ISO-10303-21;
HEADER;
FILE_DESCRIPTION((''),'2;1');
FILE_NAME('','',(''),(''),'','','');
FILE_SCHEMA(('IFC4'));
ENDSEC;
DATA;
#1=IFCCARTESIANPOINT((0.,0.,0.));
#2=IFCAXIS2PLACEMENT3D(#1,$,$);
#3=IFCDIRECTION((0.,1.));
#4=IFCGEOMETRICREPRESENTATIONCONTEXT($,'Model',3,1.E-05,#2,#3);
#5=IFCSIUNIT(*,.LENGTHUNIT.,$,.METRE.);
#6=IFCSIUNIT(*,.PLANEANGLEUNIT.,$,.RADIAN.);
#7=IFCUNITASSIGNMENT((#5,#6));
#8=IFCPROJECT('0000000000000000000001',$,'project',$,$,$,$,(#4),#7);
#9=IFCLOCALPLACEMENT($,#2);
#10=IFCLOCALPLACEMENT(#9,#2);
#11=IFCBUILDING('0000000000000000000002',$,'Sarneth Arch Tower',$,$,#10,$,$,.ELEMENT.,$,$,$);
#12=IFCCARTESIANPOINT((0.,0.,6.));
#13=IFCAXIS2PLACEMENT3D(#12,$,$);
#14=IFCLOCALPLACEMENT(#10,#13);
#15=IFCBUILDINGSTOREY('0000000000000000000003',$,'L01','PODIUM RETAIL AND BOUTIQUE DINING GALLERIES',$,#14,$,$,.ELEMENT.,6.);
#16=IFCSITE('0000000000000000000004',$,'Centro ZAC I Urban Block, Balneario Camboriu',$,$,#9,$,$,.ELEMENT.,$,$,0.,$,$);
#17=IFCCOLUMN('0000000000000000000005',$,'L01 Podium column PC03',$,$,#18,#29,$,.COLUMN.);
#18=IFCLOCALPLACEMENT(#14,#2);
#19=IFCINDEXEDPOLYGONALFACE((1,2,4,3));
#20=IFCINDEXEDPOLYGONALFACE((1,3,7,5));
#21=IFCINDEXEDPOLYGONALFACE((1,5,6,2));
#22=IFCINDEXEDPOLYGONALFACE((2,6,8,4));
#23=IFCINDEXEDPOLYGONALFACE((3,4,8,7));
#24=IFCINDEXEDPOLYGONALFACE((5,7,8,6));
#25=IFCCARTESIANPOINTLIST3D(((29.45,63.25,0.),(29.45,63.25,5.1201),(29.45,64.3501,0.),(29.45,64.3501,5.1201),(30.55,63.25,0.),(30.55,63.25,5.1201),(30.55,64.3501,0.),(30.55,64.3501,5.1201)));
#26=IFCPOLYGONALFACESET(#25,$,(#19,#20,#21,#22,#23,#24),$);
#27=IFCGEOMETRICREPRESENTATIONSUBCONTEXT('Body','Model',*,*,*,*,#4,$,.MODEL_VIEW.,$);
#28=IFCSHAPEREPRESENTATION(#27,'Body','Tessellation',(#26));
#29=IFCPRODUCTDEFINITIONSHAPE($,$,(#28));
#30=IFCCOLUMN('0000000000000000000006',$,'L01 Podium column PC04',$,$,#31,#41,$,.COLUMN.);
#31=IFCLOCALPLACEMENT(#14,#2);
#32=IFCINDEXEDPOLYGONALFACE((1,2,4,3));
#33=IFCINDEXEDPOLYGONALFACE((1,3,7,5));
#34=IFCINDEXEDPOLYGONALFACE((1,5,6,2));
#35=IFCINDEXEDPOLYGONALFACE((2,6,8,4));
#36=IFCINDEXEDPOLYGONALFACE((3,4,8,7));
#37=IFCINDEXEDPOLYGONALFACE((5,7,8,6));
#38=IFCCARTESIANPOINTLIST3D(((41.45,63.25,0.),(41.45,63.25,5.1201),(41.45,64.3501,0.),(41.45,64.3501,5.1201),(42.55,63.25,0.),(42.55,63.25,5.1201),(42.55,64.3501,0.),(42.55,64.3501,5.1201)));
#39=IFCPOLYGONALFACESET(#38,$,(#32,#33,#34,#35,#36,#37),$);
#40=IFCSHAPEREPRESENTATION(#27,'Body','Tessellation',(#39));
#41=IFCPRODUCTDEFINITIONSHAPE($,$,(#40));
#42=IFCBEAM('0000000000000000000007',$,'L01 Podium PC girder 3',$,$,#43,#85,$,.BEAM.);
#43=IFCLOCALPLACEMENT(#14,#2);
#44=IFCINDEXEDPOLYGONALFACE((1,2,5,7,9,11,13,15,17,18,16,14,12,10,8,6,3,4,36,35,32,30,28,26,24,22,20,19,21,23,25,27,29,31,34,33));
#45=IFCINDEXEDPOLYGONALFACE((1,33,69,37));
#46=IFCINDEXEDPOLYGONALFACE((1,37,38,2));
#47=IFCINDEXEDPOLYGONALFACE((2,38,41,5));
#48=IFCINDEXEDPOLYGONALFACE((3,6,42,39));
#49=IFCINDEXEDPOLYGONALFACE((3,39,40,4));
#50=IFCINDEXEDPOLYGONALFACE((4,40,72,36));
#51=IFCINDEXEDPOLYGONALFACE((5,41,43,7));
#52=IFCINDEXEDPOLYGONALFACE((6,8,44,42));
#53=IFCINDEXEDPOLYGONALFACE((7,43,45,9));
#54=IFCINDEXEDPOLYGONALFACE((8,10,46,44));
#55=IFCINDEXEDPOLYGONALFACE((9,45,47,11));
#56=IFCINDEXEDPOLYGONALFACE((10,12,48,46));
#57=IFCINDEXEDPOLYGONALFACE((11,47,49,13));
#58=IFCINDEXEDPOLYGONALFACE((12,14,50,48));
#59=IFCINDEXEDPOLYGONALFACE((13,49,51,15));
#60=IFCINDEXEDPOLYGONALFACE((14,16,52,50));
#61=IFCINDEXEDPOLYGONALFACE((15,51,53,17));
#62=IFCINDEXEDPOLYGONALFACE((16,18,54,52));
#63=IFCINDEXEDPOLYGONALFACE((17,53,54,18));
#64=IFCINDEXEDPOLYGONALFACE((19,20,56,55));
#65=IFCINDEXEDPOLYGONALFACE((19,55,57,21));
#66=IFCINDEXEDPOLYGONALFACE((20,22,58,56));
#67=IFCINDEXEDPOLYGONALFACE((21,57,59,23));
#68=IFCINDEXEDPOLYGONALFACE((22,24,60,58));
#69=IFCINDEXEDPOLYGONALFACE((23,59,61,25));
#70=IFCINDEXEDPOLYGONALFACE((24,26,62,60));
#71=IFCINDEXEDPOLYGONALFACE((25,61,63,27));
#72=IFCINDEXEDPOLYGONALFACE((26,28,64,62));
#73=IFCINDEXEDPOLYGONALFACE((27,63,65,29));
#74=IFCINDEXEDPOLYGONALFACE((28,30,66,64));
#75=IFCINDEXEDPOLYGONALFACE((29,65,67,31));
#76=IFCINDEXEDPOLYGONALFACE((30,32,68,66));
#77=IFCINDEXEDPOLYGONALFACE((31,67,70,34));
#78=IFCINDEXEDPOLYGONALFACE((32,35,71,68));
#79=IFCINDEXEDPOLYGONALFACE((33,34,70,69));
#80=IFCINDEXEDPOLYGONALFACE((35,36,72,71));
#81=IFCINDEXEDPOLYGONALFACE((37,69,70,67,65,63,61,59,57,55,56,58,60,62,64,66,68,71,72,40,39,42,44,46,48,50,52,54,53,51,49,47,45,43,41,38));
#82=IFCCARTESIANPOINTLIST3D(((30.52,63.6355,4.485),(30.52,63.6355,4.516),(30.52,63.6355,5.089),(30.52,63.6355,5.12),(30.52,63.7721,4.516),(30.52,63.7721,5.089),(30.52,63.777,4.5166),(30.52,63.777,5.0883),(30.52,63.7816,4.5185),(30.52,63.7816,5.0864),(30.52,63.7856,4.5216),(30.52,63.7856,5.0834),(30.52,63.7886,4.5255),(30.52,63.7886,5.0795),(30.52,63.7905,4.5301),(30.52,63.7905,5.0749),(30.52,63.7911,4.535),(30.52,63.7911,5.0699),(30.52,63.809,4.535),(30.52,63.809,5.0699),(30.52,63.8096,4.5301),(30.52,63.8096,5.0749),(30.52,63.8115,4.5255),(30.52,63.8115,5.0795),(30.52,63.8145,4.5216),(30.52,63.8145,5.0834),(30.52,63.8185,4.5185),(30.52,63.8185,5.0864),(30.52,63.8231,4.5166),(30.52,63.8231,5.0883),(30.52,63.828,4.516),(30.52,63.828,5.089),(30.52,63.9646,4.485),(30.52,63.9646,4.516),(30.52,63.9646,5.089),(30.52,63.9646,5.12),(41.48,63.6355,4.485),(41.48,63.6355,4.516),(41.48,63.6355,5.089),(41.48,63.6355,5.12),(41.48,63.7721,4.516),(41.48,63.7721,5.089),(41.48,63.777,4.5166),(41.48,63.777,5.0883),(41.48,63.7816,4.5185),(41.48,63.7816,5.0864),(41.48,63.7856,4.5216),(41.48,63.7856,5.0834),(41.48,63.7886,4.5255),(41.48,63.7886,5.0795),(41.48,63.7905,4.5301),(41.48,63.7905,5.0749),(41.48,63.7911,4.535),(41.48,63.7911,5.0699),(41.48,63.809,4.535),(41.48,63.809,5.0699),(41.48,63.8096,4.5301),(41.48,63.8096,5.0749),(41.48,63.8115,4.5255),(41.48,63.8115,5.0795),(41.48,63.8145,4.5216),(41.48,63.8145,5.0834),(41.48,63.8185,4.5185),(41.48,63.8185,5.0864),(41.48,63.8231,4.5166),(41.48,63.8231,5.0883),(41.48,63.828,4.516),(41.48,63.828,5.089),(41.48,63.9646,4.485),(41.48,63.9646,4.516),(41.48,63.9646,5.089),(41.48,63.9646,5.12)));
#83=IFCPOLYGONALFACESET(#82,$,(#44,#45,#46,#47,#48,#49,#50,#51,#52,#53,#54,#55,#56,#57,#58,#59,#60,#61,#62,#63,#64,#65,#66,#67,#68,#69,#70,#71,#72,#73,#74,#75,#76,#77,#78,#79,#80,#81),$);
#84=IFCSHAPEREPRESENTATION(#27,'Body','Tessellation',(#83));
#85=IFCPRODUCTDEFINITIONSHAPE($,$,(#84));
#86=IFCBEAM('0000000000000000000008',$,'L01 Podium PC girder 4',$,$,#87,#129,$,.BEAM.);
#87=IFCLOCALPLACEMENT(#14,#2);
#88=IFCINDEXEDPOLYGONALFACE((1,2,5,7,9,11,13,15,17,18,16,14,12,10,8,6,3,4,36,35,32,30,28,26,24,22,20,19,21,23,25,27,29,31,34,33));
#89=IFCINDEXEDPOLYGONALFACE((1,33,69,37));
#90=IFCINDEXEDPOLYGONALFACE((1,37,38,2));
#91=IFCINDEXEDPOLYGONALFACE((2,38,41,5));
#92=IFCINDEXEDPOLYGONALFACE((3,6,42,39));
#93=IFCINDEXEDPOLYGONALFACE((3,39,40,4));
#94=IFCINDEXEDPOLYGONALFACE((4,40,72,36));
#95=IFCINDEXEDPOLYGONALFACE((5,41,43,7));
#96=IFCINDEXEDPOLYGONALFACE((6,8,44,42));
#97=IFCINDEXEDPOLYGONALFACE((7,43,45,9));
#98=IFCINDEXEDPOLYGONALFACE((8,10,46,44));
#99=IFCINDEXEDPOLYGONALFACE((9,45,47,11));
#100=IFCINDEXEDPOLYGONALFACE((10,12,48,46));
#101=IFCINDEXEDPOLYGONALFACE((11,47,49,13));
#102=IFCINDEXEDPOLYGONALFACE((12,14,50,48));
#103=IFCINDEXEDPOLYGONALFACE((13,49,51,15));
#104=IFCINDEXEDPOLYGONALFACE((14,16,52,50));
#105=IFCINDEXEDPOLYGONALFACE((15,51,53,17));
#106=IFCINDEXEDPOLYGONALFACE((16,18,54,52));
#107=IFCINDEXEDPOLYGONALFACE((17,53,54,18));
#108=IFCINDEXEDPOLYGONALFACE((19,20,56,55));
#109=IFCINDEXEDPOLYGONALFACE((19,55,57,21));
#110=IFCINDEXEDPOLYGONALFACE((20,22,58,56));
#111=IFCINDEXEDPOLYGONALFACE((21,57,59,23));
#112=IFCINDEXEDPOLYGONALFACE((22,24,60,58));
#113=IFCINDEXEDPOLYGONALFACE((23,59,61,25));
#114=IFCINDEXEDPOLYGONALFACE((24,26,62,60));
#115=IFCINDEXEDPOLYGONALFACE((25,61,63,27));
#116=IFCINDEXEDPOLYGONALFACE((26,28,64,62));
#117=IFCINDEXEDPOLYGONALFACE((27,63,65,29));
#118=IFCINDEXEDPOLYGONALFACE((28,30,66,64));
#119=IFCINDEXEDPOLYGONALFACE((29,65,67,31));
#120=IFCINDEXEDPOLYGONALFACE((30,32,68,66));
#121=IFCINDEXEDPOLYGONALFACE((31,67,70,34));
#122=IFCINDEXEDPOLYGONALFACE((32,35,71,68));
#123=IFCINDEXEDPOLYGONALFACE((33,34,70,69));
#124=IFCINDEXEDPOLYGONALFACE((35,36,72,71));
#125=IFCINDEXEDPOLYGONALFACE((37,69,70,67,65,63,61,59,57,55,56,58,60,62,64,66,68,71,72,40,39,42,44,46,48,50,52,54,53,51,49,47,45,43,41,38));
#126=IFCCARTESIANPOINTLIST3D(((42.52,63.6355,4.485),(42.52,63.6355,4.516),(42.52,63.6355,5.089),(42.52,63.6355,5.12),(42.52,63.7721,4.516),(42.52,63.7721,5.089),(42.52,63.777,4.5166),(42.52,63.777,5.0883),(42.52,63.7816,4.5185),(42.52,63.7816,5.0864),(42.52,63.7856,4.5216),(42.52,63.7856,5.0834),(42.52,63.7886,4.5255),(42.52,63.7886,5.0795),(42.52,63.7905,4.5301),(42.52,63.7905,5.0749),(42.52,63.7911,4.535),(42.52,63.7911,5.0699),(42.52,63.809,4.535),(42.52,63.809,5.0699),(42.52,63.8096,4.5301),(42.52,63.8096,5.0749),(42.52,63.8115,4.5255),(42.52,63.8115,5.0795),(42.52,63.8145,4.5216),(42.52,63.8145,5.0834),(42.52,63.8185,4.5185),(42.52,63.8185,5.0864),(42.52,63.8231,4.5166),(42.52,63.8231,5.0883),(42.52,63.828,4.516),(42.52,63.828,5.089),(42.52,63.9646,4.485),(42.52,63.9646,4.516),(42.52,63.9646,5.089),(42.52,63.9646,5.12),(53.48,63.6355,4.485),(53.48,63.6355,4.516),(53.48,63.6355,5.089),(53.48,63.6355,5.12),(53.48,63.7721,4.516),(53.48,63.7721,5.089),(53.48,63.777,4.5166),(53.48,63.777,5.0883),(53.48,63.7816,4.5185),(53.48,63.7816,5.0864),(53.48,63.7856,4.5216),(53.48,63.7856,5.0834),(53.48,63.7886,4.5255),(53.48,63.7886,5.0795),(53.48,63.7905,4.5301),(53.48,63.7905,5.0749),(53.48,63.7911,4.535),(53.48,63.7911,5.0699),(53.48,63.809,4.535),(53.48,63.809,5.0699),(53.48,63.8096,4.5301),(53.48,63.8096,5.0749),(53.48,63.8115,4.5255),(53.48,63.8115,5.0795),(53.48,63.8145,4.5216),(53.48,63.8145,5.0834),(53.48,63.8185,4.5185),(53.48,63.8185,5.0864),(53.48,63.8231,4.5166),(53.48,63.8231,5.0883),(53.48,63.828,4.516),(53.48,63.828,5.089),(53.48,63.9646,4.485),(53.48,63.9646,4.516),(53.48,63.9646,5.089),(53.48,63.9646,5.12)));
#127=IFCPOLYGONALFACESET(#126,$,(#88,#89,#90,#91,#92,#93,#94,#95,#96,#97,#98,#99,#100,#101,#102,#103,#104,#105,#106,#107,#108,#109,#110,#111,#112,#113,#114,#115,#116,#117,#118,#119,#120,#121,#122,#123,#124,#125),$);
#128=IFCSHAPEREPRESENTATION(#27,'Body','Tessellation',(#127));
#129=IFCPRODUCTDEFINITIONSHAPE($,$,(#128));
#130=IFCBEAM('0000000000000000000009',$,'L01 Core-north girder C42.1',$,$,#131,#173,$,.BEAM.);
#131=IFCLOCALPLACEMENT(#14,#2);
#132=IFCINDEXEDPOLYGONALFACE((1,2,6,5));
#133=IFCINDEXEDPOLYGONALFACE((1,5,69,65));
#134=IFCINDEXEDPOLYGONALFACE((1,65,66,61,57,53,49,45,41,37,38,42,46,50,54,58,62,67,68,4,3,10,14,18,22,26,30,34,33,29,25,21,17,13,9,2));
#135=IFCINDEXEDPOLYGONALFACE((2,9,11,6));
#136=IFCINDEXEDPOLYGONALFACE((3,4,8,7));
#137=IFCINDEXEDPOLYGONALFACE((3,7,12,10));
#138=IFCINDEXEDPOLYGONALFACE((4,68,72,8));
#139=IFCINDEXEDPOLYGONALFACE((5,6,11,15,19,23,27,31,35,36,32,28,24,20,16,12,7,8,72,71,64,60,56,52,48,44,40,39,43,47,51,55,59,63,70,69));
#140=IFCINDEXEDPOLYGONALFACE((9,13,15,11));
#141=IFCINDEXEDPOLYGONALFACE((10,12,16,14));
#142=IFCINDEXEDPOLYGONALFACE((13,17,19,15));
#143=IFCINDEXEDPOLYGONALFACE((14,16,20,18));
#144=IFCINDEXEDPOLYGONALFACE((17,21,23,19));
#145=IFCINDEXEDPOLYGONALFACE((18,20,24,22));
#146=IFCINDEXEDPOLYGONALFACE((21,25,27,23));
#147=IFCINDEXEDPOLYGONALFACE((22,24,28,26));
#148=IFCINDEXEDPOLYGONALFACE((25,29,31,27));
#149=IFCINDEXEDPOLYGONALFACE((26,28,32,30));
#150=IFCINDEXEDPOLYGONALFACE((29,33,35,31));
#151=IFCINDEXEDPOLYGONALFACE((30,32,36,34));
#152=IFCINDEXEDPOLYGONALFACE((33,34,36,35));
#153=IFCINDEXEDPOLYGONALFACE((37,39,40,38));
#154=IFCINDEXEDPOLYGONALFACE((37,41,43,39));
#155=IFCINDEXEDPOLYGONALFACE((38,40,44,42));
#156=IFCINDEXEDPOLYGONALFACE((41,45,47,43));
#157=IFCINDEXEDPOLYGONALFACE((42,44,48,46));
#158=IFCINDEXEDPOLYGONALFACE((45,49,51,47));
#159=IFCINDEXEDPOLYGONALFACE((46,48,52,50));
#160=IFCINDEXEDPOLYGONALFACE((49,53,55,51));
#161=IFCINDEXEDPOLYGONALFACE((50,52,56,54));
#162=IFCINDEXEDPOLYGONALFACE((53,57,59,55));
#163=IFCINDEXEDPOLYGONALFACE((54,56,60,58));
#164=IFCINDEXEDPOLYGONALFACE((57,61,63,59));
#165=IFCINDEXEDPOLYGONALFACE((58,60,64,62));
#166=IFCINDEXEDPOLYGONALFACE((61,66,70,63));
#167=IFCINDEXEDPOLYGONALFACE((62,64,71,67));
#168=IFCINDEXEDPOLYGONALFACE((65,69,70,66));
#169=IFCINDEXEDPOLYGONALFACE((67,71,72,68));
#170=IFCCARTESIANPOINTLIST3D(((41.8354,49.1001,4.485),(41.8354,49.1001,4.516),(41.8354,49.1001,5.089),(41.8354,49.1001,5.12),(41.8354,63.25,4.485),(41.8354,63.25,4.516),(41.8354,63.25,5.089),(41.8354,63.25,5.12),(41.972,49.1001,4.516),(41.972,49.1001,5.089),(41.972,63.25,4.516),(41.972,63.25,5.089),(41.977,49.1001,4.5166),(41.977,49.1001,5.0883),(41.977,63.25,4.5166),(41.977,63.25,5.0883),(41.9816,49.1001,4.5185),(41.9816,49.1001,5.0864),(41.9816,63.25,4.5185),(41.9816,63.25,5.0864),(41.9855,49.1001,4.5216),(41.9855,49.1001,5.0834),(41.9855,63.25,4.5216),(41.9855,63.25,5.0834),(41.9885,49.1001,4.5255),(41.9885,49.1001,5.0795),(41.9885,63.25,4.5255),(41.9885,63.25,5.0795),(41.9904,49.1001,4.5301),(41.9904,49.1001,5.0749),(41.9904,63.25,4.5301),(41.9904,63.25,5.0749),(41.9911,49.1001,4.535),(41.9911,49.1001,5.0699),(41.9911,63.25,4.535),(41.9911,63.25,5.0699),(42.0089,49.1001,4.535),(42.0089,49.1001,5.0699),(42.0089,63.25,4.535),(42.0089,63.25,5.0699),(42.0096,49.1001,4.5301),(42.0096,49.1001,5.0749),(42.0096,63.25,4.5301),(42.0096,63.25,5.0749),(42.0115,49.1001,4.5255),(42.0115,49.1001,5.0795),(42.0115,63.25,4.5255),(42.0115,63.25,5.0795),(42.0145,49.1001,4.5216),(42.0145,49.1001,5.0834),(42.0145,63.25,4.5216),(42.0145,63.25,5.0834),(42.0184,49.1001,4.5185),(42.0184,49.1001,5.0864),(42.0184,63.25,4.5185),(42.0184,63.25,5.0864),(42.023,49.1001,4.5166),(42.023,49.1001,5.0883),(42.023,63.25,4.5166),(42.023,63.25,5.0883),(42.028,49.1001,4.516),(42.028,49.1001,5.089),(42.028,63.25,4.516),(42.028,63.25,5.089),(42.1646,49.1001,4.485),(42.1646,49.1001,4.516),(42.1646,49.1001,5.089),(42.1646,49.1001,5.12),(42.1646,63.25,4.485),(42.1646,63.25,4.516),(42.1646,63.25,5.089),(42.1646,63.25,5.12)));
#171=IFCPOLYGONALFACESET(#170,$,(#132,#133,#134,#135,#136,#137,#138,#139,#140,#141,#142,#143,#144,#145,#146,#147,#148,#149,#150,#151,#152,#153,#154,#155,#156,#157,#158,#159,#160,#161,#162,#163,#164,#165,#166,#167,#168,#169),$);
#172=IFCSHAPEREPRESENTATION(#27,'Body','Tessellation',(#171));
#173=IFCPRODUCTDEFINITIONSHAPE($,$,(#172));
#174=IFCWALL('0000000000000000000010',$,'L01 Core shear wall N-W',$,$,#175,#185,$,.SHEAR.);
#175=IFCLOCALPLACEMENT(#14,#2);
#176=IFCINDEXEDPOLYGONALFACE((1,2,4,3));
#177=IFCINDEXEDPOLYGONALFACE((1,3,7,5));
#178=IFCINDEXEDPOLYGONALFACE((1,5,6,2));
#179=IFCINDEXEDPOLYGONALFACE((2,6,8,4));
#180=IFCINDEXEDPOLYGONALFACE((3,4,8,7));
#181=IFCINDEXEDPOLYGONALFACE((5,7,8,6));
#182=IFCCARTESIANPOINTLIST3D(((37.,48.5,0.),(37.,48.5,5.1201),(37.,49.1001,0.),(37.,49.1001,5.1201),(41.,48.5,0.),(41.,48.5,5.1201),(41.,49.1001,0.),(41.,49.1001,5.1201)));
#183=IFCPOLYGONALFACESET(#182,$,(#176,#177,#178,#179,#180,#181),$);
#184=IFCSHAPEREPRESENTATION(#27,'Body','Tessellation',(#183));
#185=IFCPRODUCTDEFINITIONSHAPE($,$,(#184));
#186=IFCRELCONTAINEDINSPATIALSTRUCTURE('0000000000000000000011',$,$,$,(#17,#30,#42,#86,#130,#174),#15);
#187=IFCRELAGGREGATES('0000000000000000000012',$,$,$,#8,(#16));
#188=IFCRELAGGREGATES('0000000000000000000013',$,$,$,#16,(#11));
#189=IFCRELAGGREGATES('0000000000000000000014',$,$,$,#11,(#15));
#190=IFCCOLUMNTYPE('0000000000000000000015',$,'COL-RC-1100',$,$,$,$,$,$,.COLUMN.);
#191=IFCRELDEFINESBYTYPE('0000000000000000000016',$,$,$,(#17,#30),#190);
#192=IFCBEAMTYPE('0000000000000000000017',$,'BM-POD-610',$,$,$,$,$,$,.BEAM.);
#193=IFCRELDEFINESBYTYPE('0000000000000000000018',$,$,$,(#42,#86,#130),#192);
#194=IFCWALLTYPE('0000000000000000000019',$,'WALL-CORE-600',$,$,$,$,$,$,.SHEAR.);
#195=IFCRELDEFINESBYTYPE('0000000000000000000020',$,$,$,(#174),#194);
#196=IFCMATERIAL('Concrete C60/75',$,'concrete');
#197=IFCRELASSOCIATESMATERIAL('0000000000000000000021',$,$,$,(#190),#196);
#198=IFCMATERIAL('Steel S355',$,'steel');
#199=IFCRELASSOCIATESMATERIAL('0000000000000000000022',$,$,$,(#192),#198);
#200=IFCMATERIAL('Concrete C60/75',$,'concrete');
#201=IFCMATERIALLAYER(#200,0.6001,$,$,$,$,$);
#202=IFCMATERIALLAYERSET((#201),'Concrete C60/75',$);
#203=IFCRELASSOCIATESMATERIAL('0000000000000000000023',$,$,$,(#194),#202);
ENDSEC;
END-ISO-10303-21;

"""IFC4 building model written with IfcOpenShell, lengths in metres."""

from ifc_helpers import new_model, si_unit, direction, frame, frame_2d, origin, origin_2d, place, context, subcontext, project, spatial, rectangle, i_section, extrude, material, layer, layer_set, material_profile, profile_set, type_object, element, save


model = new_model("IFC4")

# Units and contexts
model_context = context("Model", 3, precision=1e-05, world=origin(), true_north=direction((0.0, 1.0)))
body_context = subcontext(model_context, "Body", "Model", "MODEL_VIEW")
ifc_project = project(units=[si_unit("LENGTHUNIT", "METRE"), si_unit("PLANEANGLEUNIT", "RADIAN")], contexts=[model_context])

# Site, building, storey
site_placement = place(None, origin())
site = spatial("IfcSite", under=ifc_project, at=site_placement, Name="Centro ZAC I Urban Block, Balneario Camboriu", CompositionType="ELEMENT", RefElevation=0.0)
building_placement = place(site_placement, origin())
building = spatial("IfcBuilding", under=site, at=building_placement, Name="Sarneth Arch Tower", CompositionType="ELEMENT")
storey_placement = place(building_placement, frame((0.0, 0.0, 6.0)))
storey = spatial("IfcBuildingStorey", under=building, at=storey_placement, Name="L01", Description="PODIUM RETAIL AND BOUTIQUE DINING GALLERIES", CompositionType="ELEMENT", Elevation=6.0)

# Columns
ifc_material_1 = material(Name="Concrete C60/75", Category="concrete")
ifc_material_profile_1 = material_profile(ifc_material_1, rectangle(XDim=1.1001, YDim=1.1001, at=origin_2d()), Name="RC-1100x1100")
ifc_profile_set_1 = profile_set([ifc_material_profile_1], Name="Concrete C60/75")
column_type = type_object("IfcColumnType", Name="COL-RC-1100", PredefinedType="COLUMN", material=ifc_profile_set_1)
for number, where, z_axis, x_axis, name in (
    (1, (30.0, 63.8, 0.0), (0.0, 0.0, 1.0), (1.0, 0.0, 0.0), "L01 Podium column PC03"),
    (2, (42.0, 63.8, 0.0), (0.0, 0.0, 1.0), (1.0, 0.0, 0.0), "L01 Podium column PC04"),
):
    element("IfcColumn", number, at=place(storey_placement, frame(where, z_axis=z_axis, x_axis=x_axis)), inside=storey, type_object=column_type, Name=name, PredefinedType="COLUMN", context=body_context, shape_type="SweptSolid", body=[
        extrude(rectangle(XDim=1.1001, YDim=1.1001, at=origin_2d()), origin(), (0.0, 0.0, 1.0), 5.1201),
    ])

# Beams
ifc_material_2 = material(Name="Steel S355", Category="steel")
ifc_material_profile_2 = material_profile(ifc_material_2, i_section(OverallWidth=0.3291, OverallDepth=0.635, WebThickness=0.0178, FlangeThickness=0.031, FilletRadius=0.019, at=origin_2d()), Name="W610x241")
ifc_profile_set_2 = profile_set([ifc_material_profile_2], Name="Steel S355")
beam_type = type_object("IfcBeamType", Name="BM-POD-610", PredefinedType="BEAM", material=ifc_profile_set_2)
for number, where, z_axis, x_axis, name in (
    (3, (30.52, 63.8, 4.8025), (1.0, 0.0, 0.0), (0.0, 1.0, 0.0), "L01 Podium PC girder 3"),
    (4, (42.52, 63.8, 4.8025), (1.0, 0.0, 0.0), (0.0, 1.0, 0.0), "L01 Podium PC girder 4"),
):
    element("IfcBeam", number, at=place(storey_placement, frame(where, z_axis=z_axis, x_axis=x_axis)), inside=storey, type_object=beam_type, Name=name, PredefinedType="BEAM", context=body_context, shape_type="SweptSolid", body=[
        extrude(i_section(OverallWidth=0.3291, OverallDepth=0.635, WebThickness=0.0178, FlangeThickness=0.031, FilletRadius=0.019, at=origin_2d()), origin(), (0.0, 0.0, 1.0), 10.96),
    ])
beam_placement = place(storey_placement, frame((42.0, 49.1001, 4.8025), z_axis=(0.0, 1.0, 0.0), x_axis=(-1.0, 0.0, 0.0)))
element("IfcBeam", 5, at=beam_placement, inside=storey, type_object=beam_type, Name="L01 Core-north girder C42.1", PredefinedType="BEAM", context=body_context, shape_type="SweptSolid", body=[
    extrude(i_section(OverallWidth=0.3291, OverallDepth=0.635, WebThickness=0.0178, FlangeThickness=0.031, FilletRadius=0.019, at=origin_2d()), origin(), (0.0, 0.0, 1.0), 14.1499),
])

# Wall
ifc_material_3 = material(Name="Concrete C60/75", Category="concrete")
ifc_layer_1 = layer(ifc_material_3, 0.6001)
ifc_layer_set_1 = layer_set([ifc_layer_1], Name="Concrete C60/75")
wall_type_1 = type_object("IfcWallType", Name="WALL-CORE-600", PredefinedType="SHEAR", material=ifc_layer_set_1)
wall_1_placement = place(storey_placement, frame((37.0, 48.8, 0.0), z_axis=(0.0, 0.0, 1.0), x_axis=(1.0, 0.0, 0.0)))
element("IfcWall", 6, at=wall_1_placement, inside=storey, type_object=wall_type_1, Name="L01 Core shear wall N-W", PredefinedType="SHEAR", context=body_context, shape_type="SweptSolid", body=[
    extrude(rectangle(XDim=4.0, YDim=0.6001, at=frame_2d((2.0, 0.0))), origin(), (0.0, 0.0, 1.0), 5.1201),
])

save(model, "model.ifc")
